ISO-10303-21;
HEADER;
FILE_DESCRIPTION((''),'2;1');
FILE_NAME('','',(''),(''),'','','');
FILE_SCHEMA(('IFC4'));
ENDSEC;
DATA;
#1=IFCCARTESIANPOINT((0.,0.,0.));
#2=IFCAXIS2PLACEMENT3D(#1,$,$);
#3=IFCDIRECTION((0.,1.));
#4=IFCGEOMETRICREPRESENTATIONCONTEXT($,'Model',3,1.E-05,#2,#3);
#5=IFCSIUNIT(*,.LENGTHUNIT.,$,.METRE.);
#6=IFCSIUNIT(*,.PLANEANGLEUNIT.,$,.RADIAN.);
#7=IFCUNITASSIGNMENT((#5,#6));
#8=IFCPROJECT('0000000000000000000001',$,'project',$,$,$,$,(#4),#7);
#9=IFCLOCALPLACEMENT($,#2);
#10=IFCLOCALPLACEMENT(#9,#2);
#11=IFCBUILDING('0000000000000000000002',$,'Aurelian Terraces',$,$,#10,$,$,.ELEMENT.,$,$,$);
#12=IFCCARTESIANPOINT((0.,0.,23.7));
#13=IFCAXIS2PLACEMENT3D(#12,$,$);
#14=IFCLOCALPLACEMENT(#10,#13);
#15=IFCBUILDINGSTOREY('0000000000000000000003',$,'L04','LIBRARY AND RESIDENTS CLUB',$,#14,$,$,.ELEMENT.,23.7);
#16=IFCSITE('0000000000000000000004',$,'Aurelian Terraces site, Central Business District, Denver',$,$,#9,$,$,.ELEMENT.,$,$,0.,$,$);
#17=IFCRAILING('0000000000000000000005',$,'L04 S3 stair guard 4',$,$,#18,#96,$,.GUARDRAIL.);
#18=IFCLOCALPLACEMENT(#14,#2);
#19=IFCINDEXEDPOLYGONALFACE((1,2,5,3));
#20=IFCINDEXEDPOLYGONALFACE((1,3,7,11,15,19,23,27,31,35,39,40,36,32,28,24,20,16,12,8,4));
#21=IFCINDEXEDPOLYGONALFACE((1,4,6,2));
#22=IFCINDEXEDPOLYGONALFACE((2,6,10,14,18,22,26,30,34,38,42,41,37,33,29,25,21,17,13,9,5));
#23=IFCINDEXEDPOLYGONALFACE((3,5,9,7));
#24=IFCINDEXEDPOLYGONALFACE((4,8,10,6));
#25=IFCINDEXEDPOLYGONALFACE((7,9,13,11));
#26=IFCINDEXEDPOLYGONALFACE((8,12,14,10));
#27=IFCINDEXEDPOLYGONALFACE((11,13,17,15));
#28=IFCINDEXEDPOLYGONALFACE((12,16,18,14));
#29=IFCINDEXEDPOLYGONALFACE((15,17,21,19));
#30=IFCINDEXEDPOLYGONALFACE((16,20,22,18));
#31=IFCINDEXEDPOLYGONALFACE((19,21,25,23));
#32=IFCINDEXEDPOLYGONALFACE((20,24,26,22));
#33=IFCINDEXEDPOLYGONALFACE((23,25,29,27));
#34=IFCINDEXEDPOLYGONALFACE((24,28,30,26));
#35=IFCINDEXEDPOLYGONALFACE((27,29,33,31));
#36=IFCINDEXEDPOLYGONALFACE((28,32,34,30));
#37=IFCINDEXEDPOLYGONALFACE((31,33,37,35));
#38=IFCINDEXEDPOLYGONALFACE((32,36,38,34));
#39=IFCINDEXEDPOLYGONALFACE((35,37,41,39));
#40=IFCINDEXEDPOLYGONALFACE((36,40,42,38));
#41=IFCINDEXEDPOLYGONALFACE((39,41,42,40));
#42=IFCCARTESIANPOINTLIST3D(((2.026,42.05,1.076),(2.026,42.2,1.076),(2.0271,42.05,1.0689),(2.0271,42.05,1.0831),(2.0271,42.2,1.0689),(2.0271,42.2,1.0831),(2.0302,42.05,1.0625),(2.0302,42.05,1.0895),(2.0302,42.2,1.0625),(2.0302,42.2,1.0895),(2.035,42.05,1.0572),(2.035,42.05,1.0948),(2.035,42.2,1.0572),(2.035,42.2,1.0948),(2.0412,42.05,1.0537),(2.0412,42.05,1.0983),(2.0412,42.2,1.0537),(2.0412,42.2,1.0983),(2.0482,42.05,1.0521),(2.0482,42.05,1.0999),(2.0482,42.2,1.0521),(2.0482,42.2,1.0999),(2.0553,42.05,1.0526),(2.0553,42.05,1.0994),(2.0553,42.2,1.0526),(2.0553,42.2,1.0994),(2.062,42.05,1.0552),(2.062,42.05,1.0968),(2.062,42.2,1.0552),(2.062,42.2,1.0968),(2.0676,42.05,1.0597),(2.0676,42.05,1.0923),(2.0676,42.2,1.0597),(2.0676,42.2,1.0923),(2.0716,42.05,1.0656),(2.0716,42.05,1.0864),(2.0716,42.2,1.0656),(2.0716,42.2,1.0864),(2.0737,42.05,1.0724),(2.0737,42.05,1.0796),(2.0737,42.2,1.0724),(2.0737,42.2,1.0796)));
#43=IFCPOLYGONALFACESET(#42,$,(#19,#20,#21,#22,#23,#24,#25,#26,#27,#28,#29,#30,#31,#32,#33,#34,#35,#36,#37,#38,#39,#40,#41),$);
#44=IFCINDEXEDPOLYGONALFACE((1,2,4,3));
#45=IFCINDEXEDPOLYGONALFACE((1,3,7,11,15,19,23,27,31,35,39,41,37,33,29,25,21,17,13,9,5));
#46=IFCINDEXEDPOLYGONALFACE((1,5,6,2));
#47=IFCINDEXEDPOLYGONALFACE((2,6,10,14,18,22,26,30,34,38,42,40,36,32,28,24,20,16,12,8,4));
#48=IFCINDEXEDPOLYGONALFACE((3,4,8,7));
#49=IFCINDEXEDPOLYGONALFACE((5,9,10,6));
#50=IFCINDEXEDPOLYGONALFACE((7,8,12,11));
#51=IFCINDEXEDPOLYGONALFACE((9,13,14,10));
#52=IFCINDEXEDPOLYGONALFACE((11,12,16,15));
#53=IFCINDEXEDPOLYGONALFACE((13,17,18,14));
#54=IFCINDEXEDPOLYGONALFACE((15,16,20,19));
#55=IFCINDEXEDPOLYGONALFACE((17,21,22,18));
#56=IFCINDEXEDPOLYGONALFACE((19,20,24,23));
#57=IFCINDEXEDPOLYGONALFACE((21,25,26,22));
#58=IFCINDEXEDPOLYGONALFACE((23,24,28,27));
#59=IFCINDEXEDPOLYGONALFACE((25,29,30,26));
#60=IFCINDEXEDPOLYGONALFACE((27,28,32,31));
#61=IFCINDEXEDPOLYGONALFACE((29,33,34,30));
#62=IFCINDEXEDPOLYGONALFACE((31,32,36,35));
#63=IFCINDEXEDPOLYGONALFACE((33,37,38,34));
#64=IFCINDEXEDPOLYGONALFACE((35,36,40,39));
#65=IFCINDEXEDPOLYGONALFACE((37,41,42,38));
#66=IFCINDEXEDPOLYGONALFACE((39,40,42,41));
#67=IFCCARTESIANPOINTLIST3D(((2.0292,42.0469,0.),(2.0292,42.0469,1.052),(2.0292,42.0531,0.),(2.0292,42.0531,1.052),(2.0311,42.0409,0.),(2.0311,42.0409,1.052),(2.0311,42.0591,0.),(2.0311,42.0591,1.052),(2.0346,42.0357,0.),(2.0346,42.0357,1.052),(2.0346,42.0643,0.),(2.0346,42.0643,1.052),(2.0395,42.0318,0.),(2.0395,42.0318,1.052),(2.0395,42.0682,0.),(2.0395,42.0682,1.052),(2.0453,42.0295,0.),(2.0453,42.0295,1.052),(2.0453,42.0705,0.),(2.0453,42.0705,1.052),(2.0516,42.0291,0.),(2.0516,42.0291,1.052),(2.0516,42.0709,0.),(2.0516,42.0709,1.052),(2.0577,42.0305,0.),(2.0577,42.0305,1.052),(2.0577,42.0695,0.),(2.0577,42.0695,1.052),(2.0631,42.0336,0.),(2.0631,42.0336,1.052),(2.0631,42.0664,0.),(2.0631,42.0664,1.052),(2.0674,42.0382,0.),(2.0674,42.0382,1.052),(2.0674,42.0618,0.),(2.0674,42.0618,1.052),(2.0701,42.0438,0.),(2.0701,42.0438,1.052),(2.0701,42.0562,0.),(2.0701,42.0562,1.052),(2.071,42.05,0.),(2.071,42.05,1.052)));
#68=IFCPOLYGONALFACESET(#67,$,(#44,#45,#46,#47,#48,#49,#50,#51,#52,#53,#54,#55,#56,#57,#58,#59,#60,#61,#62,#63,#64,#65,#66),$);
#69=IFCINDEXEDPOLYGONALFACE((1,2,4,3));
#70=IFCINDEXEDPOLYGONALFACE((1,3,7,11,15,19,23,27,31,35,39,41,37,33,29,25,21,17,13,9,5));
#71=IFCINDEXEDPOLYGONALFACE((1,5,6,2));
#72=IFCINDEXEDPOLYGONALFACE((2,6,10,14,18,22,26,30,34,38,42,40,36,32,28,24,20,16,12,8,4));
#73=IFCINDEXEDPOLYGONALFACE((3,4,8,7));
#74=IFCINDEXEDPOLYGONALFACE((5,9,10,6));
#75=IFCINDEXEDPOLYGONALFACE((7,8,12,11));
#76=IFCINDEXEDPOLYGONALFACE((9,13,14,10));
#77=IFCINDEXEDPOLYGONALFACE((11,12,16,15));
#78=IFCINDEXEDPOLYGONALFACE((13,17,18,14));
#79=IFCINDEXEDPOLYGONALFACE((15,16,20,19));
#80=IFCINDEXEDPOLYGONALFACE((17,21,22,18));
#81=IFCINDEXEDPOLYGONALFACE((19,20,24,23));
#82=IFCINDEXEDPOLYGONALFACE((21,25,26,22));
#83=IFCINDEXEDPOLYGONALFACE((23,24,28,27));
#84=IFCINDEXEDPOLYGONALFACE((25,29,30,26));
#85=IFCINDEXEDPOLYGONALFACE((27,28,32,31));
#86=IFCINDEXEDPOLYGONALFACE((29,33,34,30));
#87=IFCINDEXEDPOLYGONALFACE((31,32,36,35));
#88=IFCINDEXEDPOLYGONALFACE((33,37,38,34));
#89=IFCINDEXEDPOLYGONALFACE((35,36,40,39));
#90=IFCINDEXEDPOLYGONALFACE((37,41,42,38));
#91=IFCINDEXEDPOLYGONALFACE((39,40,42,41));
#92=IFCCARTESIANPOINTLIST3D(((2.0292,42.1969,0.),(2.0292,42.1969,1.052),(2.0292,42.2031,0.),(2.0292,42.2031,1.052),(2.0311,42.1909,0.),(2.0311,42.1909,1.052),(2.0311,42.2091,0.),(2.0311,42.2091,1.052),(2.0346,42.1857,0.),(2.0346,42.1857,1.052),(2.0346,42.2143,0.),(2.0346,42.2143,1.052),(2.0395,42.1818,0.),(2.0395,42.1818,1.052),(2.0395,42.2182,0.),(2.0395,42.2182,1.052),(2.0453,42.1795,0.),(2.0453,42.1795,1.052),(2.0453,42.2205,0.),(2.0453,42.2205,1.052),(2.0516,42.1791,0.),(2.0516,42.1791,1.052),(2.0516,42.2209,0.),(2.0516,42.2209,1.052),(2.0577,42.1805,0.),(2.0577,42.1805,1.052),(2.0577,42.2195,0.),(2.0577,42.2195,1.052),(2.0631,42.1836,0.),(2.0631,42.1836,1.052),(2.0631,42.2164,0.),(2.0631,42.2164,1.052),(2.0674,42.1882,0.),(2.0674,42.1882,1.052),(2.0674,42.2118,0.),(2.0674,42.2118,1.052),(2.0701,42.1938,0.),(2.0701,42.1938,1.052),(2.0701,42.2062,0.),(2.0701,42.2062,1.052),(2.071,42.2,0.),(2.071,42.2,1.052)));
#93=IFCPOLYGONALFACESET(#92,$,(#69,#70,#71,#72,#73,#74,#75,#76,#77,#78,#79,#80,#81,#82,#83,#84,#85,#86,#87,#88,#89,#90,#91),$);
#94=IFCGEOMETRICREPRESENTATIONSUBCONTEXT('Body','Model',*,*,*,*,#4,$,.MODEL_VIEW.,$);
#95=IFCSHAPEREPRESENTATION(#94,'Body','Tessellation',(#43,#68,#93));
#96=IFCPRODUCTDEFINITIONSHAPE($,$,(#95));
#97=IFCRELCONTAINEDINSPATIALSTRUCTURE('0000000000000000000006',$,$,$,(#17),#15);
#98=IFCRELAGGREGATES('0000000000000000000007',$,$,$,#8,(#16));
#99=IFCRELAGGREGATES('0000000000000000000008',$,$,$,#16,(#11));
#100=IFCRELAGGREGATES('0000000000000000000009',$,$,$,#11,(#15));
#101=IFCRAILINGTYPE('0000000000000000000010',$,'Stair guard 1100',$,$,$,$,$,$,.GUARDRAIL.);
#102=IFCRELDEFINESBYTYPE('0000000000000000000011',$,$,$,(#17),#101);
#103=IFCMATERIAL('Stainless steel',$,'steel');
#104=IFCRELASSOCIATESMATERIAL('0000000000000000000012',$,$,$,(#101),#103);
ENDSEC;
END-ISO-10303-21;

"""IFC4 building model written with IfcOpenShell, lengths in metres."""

from ifc_helpers import new_model, si_unit, direction, frame, origin, origin_2d, place, context, subcontext, project, spatial, circle, extrude, source, transform, mapped, material, type_object, element, save


model = new_model("IFC4")

# Units and contexts
model_context = context("Model", 3, precision=1e-05, world=origin(), true_north=direction((0.0, 1.0)))
body_context = subcontext(model_context, "Body", "Model", "MODEL_VIEW")
ifc_project = project(units=[si_unit("LENGTHUNIT", "METRE"), si_unit("PLANEANGLEUNIT", "RADIAN")], contexts=[model_context])

# Site, building, storey
site_placement = place(None, origin())
site = spatial("IfcSite", under=ifc_project, at=site_placement, Name="Aurelian Terraces site, Central Business District, Denver", CompositionType="ELEMENT", RefElevation=0.0)
building_placement = place(site_placement, origin())
building = spatial("IfcBuilding", under=site, at=building_placement, Name="Aurelian Terraces", CompositionType="ELEMENT")
storey_placement = place(building_placement, frame((0.0, 0.0, 23.7)))
storey = spatial("IfcBuildingStorey", under=building, at=storey_placement, Name="L04", Description="LIBRARY AND RESIDENTS CLUB", CompositionType="ELEMENT", Elevation=23.7)

# Railing
ifc_material_1 = material(Name="Stainless steel", Category="steel")
railing_type_1 = type_object("IfcRailingType", Name="Stair guard 1100", PredefinedType="GUARDRAIL", material=ifc_material_1)
shared_shape_1 = source(origin(), body_context, "Body", "SweptSolid", [
    extrude(circle(Radius=0.024, at=origin_2d()), frame((0.0, 0.0, 1.076), z_axis=(0.0, 1.0, 0.0), x_axis=(-1.0, 0.0, 0.0)), (0.0, 0.0, 1.0), 0.15),
    extrude(circle(Radius=0.021, at=origin_2d()), origin(), (0.0, 0.0, 1.0), 1.052),
    extrude(circle(Radius=0.021, at=origin_2d()), frame((0.0, 0.15, 0.0)), (0.0, 0.0, 1.0), 1.052),
])
for number, where, name in (
    (1, (2.05, 42.05, 0.0), "L04 S3 stair guard 4"),
):
    element("IfcRailing", number, at=place(storey_placement, frame(where)), inside=storey, type_object=railing_type_1, Name=name, PredefinedType="GUARDRAIL", context=body_context, shape_type="MappedRepresentation", body=[
        mapped(shared_shape_1, transform((0.0, 0.0, 0.0), scale=1.0)),
    ])

save(model, "model.ifc")
